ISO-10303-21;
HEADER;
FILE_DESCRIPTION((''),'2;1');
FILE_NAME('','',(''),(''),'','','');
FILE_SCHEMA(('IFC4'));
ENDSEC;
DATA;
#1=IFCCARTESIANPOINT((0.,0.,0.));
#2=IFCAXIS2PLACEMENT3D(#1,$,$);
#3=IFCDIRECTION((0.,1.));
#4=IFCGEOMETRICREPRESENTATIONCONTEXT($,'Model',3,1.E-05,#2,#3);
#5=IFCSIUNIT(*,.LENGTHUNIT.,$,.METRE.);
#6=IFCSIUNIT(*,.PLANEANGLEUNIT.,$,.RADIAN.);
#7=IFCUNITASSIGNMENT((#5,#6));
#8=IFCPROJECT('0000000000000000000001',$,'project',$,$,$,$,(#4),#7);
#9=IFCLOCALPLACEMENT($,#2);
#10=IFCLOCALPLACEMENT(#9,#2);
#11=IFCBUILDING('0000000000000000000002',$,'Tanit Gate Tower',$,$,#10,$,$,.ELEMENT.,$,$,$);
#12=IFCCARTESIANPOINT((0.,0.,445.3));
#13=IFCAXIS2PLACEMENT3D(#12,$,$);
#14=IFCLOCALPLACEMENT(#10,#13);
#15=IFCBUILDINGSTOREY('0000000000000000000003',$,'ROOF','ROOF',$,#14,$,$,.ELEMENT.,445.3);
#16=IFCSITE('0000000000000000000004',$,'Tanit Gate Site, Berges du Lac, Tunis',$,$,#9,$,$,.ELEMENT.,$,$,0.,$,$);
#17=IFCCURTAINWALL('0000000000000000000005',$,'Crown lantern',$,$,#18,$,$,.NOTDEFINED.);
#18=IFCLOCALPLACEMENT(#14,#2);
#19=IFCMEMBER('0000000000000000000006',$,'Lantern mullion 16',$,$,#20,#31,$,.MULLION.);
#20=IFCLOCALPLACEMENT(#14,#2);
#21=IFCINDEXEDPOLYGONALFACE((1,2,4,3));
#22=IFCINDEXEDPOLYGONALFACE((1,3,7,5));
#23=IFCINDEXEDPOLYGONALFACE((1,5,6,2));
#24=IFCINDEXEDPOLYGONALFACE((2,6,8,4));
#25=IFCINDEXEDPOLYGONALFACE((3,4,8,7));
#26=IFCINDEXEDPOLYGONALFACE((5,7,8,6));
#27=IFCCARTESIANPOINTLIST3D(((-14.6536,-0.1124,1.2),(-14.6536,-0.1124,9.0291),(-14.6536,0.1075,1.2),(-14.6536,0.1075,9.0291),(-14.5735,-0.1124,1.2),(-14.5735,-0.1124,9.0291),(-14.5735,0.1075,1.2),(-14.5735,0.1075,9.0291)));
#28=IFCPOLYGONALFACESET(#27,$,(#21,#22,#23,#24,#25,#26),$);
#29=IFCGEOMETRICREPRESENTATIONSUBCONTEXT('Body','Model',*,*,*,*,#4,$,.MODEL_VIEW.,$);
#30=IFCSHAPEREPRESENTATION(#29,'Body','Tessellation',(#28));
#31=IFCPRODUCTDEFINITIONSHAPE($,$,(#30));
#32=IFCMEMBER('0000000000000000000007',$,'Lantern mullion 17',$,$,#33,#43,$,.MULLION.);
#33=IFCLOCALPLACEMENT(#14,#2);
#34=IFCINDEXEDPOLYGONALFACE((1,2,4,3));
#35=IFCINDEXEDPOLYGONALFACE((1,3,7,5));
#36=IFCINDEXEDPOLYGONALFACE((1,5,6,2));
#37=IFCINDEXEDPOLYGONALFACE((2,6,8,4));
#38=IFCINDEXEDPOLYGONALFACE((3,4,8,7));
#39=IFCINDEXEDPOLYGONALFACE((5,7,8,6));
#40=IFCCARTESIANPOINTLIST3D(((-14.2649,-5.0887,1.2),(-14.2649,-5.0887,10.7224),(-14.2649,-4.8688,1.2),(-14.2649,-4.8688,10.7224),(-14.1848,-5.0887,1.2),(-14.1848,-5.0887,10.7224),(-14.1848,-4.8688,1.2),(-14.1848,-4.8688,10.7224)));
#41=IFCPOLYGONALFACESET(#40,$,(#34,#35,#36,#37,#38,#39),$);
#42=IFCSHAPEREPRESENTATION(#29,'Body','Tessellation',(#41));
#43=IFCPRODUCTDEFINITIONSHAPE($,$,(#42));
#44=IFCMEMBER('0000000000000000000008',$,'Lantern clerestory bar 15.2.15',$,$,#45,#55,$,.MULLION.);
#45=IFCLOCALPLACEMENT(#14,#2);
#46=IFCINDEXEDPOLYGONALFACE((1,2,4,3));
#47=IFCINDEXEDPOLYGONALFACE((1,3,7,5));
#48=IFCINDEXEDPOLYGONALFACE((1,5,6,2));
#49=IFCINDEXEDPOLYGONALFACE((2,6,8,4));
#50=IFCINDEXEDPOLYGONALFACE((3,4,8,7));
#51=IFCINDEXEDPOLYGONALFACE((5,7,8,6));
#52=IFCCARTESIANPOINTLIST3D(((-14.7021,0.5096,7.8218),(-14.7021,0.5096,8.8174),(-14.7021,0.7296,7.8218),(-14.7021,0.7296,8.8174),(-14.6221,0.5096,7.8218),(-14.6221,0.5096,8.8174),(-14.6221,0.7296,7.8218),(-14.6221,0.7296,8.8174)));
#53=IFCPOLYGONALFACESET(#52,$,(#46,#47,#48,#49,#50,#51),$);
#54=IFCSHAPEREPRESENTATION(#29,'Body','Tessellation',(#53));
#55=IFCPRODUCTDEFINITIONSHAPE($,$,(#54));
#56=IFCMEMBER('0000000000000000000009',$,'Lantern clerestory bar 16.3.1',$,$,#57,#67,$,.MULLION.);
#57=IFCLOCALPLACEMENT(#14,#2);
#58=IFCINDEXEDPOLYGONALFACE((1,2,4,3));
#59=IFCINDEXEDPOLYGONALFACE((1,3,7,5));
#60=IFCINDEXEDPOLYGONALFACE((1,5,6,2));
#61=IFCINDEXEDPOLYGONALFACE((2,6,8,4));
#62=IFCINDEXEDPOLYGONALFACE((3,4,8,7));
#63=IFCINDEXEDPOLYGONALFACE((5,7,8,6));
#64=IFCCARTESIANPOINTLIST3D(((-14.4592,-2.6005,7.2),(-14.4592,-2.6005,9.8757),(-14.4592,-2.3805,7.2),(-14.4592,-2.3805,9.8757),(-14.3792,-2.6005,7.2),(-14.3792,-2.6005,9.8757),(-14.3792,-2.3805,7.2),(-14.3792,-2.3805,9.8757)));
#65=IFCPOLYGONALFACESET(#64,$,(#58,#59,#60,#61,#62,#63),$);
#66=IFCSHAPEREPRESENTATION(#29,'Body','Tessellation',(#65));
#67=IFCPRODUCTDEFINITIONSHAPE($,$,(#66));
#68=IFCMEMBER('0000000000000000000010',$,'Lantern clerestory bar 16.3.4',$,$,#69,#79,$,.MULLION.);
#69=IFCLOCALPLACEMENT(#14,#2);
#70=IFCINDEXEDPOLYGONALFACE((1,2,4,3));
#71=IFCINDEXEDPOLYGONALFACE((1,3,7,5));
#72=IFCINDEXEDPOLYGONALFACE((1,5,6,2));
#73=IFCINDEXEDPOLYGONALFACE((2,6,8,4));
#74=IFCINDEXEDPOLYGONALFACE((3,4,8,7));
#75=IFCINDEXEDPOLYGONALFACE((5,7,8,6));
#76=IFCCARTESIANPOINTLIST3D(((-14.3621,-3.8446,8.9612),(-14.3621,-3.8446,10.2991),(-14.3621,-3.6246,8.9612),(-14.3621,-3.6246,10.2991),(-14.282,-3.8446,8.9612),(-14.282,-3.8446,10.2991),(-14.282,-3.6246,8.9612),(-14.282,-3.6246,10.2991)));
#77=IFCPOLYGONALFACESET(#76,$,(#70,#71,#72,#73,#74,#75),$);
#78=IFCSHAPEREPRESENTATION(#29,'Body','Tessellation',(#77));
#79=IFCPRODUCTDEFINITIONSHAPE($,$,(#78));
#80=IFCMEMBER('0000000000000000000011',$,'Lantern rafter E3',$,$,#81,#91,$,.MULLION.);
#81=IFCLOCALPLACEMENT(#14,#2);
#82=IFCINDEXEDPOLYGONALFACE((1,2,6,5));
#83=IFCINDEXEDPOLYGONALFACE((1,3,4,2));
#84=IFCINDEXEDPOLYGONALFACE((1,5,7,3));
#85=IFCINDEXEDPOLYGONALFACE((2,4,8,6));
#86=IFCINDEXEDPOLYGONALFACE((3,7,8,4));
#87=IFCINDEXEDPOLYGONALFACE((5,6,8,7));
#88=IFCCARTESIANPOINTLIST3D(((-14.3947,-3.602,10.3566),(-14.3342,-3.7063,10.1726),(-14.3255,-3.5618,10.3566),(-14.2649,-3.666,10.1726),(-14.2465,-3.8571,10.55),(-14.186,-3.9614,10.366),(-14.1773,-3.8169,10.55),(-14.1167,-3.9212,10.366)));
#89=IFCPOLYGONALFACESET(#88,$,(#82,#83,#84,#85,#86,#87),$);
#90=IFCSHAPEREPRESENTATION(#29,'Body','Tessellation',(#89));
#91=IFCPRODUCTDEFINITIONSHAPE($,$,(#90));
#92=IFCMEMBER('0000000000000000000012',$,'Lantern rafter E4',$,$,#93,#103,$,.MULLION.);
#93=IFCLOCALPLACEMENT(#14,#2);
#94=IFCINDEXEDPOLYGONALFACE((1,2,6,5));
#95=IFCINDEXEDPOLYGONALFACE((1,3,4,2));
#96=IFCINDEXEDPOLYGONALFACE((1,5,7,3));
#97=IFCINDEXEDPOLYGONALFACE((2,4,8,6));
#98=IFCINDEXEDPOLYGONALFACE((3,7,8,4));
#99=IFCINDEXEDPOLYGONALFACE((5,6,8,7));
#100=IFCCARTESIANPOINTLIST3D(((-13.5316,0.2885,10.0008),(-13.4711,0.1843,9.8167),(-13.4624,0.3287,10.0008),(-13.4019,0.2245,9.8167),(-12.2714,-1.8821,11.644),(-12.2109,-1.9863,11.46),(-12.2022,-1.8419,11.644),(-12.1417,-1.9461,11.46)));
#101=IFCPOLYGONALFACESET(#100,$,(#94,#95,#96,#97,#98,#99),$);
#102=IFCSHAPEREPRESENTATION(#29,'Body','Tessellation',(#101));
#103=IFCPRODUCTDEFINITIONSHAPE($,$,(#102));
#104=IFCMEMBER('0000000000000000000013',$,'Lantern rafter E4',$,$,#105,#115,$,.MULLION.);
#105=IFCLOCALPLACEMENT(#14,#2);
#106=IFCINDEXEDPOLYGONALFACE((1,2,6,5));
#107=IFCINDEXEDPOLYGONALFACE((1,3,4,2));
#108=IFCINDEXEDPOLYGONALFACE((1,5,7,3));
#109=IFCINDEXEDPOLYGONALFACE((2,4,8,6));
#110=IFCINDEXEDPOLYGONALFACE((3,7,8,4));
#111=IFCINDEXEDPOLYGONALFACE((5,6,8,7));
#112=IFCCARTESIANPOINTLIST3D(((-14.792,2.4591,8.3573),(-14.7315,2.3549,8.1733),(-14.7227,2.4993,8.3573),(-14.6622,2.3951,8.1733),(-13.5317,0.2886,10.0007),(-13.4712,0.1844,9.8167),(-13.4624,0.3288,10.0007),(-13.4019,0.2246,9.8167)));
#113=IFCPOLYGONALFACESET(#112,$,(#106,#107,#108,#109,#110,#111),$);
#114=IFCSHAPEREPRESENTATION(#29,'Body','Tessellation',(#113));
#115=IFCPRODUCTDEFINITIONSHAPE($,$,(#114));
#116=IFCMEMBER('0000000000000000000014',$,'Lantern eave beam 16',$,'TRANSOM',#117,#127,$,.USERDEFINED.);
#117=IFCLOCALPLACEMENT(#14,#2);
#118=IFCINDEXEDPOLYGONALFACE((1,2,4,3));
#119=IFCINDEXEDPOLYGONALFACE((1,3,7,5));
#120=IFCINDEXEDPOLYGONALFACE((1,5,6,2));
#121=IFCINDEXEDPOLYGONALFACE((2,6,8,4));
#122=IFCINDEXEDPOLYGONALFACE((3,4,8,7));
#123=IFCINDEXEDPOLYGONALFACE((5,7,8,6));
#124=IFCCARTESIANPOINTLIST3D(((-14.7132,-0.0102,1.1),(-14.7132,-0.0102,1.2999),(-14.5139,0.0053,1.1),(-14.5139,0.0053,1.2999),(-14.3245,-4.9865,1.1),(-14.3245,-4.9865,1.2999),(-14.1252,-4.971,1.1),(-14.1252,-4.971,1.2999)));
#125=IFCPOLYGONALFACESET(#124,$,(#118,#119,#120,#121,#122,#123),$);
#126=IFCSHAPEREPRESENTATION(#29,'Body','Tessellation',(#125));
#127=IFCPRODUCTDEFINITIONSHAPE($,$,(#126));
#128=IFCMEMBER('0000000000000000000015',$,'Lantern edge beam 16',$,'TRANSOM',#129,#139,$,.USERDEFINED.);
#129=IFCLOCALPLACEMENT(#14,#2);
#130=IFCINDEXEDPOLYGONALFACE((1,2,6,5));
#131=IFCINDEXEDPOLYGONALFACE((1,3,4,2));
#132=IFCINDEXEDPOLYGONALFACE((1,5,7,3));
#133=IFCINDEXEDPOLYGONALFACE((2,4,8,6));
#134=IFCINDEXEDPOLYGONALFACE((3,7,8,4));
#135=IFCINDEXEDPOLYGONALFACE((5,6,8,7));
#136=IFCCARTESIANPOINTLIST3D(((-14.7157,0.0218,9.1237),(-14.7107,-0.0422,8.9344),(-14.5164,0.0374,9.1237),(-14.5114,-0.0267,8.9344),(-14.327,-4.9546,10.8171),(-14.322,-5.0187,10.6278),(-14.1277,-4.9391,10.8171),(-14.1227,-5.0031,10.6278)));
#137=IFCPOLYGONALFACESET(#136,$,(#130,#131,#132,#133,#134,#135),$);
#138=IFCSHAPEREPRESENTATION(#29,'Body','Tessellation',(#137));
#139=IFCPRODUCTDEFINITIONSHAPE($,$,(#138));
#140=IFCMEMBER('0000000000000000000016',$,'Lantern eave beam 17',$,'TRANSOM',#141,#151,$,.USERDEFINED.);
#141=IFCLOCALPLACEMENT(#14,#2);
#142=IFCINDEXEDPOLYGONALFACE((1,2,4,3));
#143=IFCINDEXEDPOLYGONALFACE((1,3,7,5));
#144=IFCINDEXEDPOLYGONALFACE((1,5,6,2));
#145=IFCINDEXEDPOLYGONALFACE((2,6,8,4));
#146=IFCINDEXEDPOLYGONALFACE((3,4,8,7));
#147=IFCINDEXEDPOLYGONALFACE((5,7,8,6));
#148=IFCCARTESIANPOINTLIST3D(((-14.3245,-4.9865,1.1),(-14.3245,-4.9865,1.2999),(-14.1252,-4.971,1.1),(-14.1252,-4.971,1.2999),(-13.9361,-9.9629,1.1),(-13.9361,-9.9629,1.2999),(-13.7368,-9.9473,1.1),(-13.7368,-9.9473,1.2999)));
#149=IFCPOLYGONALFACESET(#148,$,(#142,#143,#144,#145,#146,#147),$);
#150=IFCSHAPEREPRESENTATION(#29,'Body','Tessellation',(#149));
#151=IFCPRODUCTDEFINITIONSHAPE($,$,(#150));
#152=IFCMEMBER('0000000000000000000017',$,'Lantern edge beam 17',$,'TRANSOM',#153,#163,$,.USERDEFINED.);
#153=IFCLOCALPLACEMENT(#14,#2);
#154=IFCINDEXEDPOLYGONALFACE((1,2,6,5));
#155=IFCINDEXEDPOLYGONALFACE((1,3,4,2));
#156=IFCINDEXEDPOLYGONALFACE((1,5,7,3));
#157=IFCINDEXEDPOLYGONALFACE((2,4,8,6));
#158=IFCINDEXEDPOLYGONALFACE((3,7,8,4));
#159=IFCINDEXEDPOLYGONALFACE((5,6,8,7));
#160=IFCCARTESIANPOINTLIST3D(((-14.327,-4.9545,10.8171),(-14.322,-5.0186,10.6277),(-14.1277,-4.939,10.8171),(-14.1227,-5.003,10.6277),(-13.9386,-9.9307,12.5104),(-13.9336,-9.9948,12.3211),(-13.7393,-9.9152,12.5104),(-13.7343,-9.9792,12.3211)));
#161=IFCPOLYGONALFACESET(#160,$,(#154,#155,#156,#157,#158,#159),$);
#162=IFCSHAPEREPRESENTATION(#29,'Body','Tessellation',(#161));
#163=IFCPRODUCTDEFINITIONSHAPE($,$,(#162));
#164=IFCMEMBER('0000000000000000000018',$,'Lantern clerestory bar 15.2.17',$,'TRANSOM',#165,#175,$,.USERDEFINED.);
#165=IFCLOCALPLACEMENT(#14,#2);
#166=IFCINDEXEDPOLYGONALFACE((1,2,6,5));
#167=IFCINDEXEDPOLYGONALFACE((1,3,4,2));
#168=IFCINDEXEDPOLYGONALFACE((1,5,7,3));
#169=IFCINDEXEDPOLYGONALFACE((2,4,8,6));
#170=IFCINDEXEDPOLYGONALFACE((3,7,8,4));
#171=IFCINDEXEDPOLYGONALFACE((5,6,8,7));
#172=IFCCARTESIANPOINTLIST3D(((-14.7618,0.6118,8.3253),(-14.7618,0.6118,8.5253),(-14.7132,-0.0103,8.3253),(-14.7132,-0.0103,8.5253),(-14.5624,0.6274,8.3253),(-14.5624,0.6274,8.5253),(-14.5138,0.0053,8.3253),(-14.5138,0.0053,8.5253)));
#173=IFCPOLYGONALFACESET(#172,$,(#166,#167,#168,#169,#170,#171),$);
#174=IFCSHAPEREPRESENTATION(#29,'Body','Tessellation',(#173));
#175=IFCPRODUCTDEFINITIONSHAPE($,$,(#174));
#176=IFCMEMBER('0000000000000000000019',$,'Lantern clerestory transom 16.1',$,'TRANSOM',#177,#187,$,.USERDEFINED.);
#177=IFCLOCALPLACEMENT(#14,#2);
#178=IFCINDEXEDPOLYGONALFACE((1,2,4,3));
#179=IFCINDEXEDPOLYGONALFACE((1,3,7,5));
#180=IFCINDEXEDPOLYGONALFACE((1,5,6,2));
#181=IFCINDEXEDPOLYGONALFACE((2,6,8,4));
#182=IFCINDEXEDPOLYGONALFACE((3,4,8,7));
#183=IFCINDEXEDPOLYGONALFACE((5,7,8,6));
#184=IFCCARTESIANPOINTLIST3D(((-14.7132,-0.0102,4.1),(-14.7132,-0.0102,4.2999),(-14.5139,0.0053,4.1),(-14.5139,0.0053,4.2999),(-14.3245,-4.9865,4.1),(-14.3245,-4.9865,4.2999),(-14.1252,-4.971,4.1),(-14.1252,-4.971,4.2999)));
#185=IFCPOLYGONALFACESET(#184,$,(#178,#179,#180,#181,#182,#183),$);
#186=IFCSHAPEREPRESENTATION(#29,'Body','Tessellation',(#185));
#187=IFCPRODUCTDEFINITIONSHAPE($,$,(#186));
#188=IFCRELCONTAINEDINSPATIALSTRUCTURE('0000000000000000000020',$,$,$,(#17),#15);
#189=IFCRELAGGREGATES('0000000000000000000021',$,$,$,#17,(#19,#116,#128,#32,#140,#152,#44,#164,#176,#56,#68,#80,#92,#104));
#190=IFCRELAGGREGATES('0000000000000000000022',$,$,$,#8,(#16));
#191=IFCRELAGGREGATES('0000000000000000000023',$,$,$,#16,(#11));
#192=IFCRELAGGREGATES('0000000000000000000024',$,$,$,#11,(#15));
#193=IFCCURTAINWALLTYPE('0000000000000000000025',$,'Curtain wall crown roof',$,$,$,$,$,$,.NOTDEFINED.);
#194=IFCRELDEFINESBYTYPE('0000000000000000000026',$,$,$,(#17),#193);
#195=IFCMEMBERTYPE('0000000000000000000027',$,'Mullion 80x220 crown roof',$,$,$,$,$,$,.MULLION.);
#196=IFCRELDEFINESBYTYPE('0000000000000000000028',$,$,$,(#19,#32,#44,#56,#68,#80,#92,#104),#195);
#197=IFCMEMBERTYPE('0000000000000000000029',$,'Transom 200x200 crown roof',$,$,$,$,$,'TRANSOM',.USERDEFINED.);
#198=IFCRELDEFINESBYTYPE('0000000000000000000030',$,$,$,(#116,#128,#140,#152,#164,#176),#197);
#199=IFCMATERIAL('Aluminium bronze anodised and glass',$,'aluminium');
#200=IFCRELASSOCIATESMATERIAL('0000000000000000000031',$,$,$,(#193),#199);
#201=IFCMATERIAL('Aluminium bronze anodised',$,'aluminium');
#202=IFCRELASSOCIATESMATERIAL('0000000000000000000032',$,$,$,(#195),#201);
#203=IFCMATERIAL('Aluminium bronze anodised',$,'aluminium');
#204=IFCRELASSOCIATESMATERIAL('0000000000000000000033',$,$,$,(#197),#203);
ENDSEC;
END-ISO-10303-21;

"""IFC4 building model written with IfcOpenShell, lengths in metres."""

from ifc_helpers import new_model, si_unit, direction, frame, origin, origin_2d, place, context, subcontext, project, spatial, rectangle, extrude, material, material_profile, profile_set, type_object, element, aggregate, save


model = new_model("IFC4")

# Units and contexts
model_context = context("Model", 3, precision=1e-05, world=origin(), true_north=direction((0.0, 1.0)))
body_context = subcontext(model_context, "Body", "Model", "MODEL_VIEW")
ifc_project = project(units=[si_unit("LENGTHUNIT", "METRE"), si_unit("PLANEANGLEUNIT", "RADIAN")], contexts=[model_context])

# Site, building, storey
site_placement = place(None, origin())
site = spatial("IfcSite", under=ifc_project, at=site_placement, Name="Tanit Gate Site, Berges du Lac, Tunis", CompositionType="ELEMENT", RefElevation=0.0)
building_placement = place(site_placement, origin())
building = spatial("IfcBuilding", under=site, at=building_placement, Name="Tanit Gate Tower", CompositionType="ELEMENT")
storey_placement = place(building_placement, frame((0.0, 0.0, 445.3)))
storey = spatial("IfcBuildingStorey", under=building, at=storey_placement, Name="ROOF", Description="ROOF", CompositionType="ELEMENT", Elevation=445.3)

# Curtain wall, members
ifc_material_1 = material(Name="Aluminium bronze anodised and glass", Category="aluminium")
curtain_wall_type = type_object("IfcCurtainWallType", Name="Curtain wall crown roof", PredefinedType="NOTDEFINED", material=ifc_material_1)
curtain_wall_placement = place(storey_placement, origin())
curtain_wall = element("IfcCurtainWall", 1, at=curtain_wall_placement, inside=storey, type_object=curtain_wall_type, Name="Crown lantern", PredefinedType="NOTDEFINED")
ifc_material_2 = material(Name="Aluminium bronze anodised", Category="aluminium")
ifc_material_profile_1 = material_profile(ifc_material_2, rectangle(XDim=0.0801, YDim=0.22, at=origin_2d()), Name="80x220 bronze rafter")
ifc_profile_set_1 = profile_set([ifc_material_profile_1], Name="Aluminium bronze anodised")
member_type_1 = type_object("IfcMemberType", Name="Mullion 80x220 crown roof", PredefinedType="MULLION", material=ifc_profile_set_1)
member_1_placement = place(storey_placement, frame((-14.6135, -0.0024, 1.2), z_axis=(0.0, 0.0, 1.0), x_axis=(1.0, 0.0, 0.0)))
member_1 = element("IfcMember", 2, at=member_1_placement, type_object=member_type_1, Name="Lantern mullion 16", PredefinedType="MULLION", context=body_context, shape_type="SweptSolid", body=[
    extrude(rectangle(XDim=0.0801, YDim=0.22, at=origin_2d()), origin(), (0.0, 0.0, 1.0), 7.8291),
])
member_2_placement = place(storey_placement, frame((-14.2249, -4.9788, 1.2), z_axis=(0.0, 0.0, 1.0), x_axis=(1.0, 0.0, 0.0)))
member_2 = element("IfcMember", 3, at=member_2_placement, type_object=member_type_1, Name="Lantern mullion 17", PredefinedType="MULLION", context=body_context, shape_type="SweptSolid", body=[
    extrude(rectangle(XDim=0.0801, YDim=0.22, at=origin_2d()), origin(), (0.0, 0.0, 1.0), 9.5225),
])
member_3_placement = place(storey_placement, frame((-14.6621, 0.6196, 7.8218), z_axis=(0.0, 0.0, 1.0), x_axis=(1.0, 0.0, 0.0)))
member_3 = element("IfcMember", 4, at=member_3_placement, type_object=member_type_1, Name="Lantern clerestory bar 15.2.15", PredefinedType="MULLION", context=body_context, shape_type="SweptSolid", body=[
    extrude(rectangle(XDim=0.0801, YDim=0.22, at=origin_2d()), origin(), (0.0, 0.0, 1.0), 0.9956),
])
member_4_placement = place(storey_placement, frame((-14.4192, -2.4905, 7.2), z_axis=(0.0, 0.0, 1.0), x_axis=(1.0, 0.0, 0.0)))
member_4 = element("IfcMember", 5, at=member_4_placement, type_object=member_type_1, Name="Lantern clerestory bar 16.3.1", PredefinedType="MULLION", context=body_context, shape_type="SweptSolid", body=[
    extrude(rectangle(XDim=0.0801, YDim=0.22, at=origin_2d()), origin(), (0.0, 0.0, 1.0), 2.6758),
])
member_5_placement = place(storey_placement, frame((-14.322, -3.7346, 8.9612), z_axis=(0.0, 0.0, 1.0), x_axis=(1.0, 0.0, 0.0)))
member_5 = element("IfcMember", 6, at=member_5_placement, type_object=member_type_1, Name="Lantern clerestory bar 16.3.4", PredefinedType="MULLION", context=body_context, shape_type="SweptSolid", body=[
    extrude(rectangle(XDim=0.0801, YDim=0.22, at=origin_2d()), origin(), (0.0, 0.0, 1.0), 1.3379),
])
member_6_placement = place(storey_placement, frame((-14.1816, -3.8892, 10.458), z_axis=(-0.420098, 0.723233, -0.548135), x_axis=(-0.864708, -0.502275, 0.0)))
member_6 = element("IfcMember", 7, at=member_6_placement, type_object=member_type_1, Name="Lantern rafter E3", PredefinedType="MULLION", context=body_context, shape_type="SweptSolid", body=[
    extrude(rectangle(XDim=0.0801, YDim=0.22, at=origin_2d()), origin(), (0.0, 0.0, 1.0), 0.3528),
])
member_7_placement = place(storey_placement, frame((-12.2065, -1.9141, 11.552), z_axis=(-0.420074, 0.723533, -0.547757), x_axis=(-0.864811, -0.502098, 0.0)))
member_7 = element("IfcMember", 8, at=member_7_placement, type_object=member_type_1, Name="Lantern rafter E4", PredefinedType="MULLION", context=body_context, shape_type="SweptSolid", body=[
    extrude(rectangle(XDim=0.0801, YDim=0.22, at=origin_2d()), origin(), (0.0, 0.0, 1.0), 3.0),
])
member_8_placement = place(storey_placement, frame((-13.4668, 0.2566, 9.9087), z_axis=(-0.420099, 0.723495, -0.547789), x_axis=(-0.864786, -0.50214, 0.0)))
member_8 = element("IfcMember", 9, at=member_8_placement, type_object=member_type_1, Name="Lantern rafter E4", PredefinedType="MULLION", context=body_context, shape_type="SweptSolid", body=[
    extrude(rectangle(XDim=0.0801, YDim=0.22, at=origin_2d()), origin(), (0.0, 0.0, 1.0), 3.0),
])
ifc_material_3 = material(Name="Aluminium bronze anodised", Category="aluminium")
ifc_material_profile_2 = material_profile(ifc_material_3, rectangle(XDim=0.2, YDim=0.2, at=origin_2d()), Name="200x200 bronze transom")
ifc_profile_set_2 = profile_set([ifc_material_profile_2], Name="Aluminium bronze anodised")
member_type_2 = type_object("IfcMemberType", Name="Transom 200x200 crown roof", ElementType="TRANSOM", PredefinedType="USERDEFINED", material=ifc_profile_set_2)
member_9_placement = place(storey_placement, frame((-14.6135, -0.0024, 1.2), z_axis=(0.077867, -0.996964, 0.0), x_axis=(0.996964, 0.077867, 0.0)))
member_9 = element("IfcMember", 10, at=member_9_placement, type_object=member_type_2, Name="Lantern eave beam 16", ObjectType="TRANSOM", PredefinedType="USERDEFINED", context=body_context, shape_type="SweptSolid", body=[
    extrude(rectangle(XDim=0.2, YDim=0.2, at=origin_2d()), origin(), (0.0, 0.0, 1.0), 4.9915),
])
member_10_placement = place(storey_placement, frame((-14.6135, -0.0024, 9.0291), z_axis=(0.073739, -0.944114, 0.321266), x_axis=(0.996964, 0.077867, 0.0)))
member_10 = element("IfcMember", 11, at=member_10_placement, type_object=member_type_2, Name="Lantern edge beam 16", ObjectType="TRANSOM", PredefinedType="USERDEFINED", context=body_context, shape_type="SweptSolid", body=[
    extrude(rectangle(XDim=0.2, YDim=0.2, at=origin_2d()), origin(), (0.0, 0.0, 1.0), 5.271),
])
member_11_placement = place(storey_placement, frame((-14.2249, -4.9788, 1.2), z_axis=(0.077819, -0.996968, 0.0), x_axis=(0.996968, 0.077819, 0.0)))
member_11 = element("IfcMember", 12, at=member_11_placement, type_object=member_type_2, Name="Lantern eave beam 17", ObjectType="TRANSOM", PredefinedType="USERDEFINED", context=body_context, shape_type="SweptSolid", body=[
    extrude(rectangle(XDim=0.2, YDim=0.2, at=origin_2d()), origin(), (0.0, 0.0, 1.0), 4.9915),
])
member_12_placement = place(storey_placement, frame((-14.2249, -4.9788, 10.7224), z_axis=(0.073693, -0.944117, 0.321267), x_axis=(0.996968, 0.077819, 0.0)))
member_12 = element("IfcMember", 13, at=member_12_placement, type_object=member_type_2, Name="Lantern edge beam 17", ObjectType="TRANSOM", PredefinedType="USERDEFINED", context=body_context, shape_type="SweptSolid", body=[
    extrude(rectangle(XDim=0.2, YDim=0.2, at=origin_2d()), origin(), (0.0, 0.0, 1.0), 5.2708),
])
member_13_placement = place(storey_placement, frame((-14.6621, 0.6196, 8.4253), z_axis=(0.077863, -0.996964, 0.0), x_axis=(0.996964, 0.077863, 0.0)))
member_13 = element("IfcMember", 14, at=member_13_placement, type_object=member_type_2, Name="Lantern clerestory bar 15.2.17", ObjectType="TRANSOM", PredefinedType="USERDEFINED", context=body_context, shape_type="SweptSolid", body=[
    extrude(rectangle(XDim=0.2, YDim=0.2, at=origin_2d()), origin(), (0.0, 0.0, 1.0), 0.624),
])
member_14_placement = place(storey_placement, frame((-14.6135, -0.0024, 4.2), z_axis=(0.077867, -0.996964, 0.0), x_axis=(0.996964, 0.077867, 0.0)))
member_14 = element("IfcMember", 15, at=member_14_placement, type_object=member_type_2, Name="Lantern clerestory transom 16.1", ObjectType="TRANSOM", PredefinedType="USERDEFINED", context=body_context, shape_type="SweptSolid", body=[
    extrude(rectangle(XDim=0.2, YDim=0.2, at=origin_2d()), origin(), (0.0, 0.0, 1.0), 4.9915),
])
aggregate(curtain_wall, [member_1, member_9, member_10, member_2, member_11, member_12, member_3, member_13, member_14, member_4, member_5, member_6, member_7, member_8])

save(model, "model.ifc")
